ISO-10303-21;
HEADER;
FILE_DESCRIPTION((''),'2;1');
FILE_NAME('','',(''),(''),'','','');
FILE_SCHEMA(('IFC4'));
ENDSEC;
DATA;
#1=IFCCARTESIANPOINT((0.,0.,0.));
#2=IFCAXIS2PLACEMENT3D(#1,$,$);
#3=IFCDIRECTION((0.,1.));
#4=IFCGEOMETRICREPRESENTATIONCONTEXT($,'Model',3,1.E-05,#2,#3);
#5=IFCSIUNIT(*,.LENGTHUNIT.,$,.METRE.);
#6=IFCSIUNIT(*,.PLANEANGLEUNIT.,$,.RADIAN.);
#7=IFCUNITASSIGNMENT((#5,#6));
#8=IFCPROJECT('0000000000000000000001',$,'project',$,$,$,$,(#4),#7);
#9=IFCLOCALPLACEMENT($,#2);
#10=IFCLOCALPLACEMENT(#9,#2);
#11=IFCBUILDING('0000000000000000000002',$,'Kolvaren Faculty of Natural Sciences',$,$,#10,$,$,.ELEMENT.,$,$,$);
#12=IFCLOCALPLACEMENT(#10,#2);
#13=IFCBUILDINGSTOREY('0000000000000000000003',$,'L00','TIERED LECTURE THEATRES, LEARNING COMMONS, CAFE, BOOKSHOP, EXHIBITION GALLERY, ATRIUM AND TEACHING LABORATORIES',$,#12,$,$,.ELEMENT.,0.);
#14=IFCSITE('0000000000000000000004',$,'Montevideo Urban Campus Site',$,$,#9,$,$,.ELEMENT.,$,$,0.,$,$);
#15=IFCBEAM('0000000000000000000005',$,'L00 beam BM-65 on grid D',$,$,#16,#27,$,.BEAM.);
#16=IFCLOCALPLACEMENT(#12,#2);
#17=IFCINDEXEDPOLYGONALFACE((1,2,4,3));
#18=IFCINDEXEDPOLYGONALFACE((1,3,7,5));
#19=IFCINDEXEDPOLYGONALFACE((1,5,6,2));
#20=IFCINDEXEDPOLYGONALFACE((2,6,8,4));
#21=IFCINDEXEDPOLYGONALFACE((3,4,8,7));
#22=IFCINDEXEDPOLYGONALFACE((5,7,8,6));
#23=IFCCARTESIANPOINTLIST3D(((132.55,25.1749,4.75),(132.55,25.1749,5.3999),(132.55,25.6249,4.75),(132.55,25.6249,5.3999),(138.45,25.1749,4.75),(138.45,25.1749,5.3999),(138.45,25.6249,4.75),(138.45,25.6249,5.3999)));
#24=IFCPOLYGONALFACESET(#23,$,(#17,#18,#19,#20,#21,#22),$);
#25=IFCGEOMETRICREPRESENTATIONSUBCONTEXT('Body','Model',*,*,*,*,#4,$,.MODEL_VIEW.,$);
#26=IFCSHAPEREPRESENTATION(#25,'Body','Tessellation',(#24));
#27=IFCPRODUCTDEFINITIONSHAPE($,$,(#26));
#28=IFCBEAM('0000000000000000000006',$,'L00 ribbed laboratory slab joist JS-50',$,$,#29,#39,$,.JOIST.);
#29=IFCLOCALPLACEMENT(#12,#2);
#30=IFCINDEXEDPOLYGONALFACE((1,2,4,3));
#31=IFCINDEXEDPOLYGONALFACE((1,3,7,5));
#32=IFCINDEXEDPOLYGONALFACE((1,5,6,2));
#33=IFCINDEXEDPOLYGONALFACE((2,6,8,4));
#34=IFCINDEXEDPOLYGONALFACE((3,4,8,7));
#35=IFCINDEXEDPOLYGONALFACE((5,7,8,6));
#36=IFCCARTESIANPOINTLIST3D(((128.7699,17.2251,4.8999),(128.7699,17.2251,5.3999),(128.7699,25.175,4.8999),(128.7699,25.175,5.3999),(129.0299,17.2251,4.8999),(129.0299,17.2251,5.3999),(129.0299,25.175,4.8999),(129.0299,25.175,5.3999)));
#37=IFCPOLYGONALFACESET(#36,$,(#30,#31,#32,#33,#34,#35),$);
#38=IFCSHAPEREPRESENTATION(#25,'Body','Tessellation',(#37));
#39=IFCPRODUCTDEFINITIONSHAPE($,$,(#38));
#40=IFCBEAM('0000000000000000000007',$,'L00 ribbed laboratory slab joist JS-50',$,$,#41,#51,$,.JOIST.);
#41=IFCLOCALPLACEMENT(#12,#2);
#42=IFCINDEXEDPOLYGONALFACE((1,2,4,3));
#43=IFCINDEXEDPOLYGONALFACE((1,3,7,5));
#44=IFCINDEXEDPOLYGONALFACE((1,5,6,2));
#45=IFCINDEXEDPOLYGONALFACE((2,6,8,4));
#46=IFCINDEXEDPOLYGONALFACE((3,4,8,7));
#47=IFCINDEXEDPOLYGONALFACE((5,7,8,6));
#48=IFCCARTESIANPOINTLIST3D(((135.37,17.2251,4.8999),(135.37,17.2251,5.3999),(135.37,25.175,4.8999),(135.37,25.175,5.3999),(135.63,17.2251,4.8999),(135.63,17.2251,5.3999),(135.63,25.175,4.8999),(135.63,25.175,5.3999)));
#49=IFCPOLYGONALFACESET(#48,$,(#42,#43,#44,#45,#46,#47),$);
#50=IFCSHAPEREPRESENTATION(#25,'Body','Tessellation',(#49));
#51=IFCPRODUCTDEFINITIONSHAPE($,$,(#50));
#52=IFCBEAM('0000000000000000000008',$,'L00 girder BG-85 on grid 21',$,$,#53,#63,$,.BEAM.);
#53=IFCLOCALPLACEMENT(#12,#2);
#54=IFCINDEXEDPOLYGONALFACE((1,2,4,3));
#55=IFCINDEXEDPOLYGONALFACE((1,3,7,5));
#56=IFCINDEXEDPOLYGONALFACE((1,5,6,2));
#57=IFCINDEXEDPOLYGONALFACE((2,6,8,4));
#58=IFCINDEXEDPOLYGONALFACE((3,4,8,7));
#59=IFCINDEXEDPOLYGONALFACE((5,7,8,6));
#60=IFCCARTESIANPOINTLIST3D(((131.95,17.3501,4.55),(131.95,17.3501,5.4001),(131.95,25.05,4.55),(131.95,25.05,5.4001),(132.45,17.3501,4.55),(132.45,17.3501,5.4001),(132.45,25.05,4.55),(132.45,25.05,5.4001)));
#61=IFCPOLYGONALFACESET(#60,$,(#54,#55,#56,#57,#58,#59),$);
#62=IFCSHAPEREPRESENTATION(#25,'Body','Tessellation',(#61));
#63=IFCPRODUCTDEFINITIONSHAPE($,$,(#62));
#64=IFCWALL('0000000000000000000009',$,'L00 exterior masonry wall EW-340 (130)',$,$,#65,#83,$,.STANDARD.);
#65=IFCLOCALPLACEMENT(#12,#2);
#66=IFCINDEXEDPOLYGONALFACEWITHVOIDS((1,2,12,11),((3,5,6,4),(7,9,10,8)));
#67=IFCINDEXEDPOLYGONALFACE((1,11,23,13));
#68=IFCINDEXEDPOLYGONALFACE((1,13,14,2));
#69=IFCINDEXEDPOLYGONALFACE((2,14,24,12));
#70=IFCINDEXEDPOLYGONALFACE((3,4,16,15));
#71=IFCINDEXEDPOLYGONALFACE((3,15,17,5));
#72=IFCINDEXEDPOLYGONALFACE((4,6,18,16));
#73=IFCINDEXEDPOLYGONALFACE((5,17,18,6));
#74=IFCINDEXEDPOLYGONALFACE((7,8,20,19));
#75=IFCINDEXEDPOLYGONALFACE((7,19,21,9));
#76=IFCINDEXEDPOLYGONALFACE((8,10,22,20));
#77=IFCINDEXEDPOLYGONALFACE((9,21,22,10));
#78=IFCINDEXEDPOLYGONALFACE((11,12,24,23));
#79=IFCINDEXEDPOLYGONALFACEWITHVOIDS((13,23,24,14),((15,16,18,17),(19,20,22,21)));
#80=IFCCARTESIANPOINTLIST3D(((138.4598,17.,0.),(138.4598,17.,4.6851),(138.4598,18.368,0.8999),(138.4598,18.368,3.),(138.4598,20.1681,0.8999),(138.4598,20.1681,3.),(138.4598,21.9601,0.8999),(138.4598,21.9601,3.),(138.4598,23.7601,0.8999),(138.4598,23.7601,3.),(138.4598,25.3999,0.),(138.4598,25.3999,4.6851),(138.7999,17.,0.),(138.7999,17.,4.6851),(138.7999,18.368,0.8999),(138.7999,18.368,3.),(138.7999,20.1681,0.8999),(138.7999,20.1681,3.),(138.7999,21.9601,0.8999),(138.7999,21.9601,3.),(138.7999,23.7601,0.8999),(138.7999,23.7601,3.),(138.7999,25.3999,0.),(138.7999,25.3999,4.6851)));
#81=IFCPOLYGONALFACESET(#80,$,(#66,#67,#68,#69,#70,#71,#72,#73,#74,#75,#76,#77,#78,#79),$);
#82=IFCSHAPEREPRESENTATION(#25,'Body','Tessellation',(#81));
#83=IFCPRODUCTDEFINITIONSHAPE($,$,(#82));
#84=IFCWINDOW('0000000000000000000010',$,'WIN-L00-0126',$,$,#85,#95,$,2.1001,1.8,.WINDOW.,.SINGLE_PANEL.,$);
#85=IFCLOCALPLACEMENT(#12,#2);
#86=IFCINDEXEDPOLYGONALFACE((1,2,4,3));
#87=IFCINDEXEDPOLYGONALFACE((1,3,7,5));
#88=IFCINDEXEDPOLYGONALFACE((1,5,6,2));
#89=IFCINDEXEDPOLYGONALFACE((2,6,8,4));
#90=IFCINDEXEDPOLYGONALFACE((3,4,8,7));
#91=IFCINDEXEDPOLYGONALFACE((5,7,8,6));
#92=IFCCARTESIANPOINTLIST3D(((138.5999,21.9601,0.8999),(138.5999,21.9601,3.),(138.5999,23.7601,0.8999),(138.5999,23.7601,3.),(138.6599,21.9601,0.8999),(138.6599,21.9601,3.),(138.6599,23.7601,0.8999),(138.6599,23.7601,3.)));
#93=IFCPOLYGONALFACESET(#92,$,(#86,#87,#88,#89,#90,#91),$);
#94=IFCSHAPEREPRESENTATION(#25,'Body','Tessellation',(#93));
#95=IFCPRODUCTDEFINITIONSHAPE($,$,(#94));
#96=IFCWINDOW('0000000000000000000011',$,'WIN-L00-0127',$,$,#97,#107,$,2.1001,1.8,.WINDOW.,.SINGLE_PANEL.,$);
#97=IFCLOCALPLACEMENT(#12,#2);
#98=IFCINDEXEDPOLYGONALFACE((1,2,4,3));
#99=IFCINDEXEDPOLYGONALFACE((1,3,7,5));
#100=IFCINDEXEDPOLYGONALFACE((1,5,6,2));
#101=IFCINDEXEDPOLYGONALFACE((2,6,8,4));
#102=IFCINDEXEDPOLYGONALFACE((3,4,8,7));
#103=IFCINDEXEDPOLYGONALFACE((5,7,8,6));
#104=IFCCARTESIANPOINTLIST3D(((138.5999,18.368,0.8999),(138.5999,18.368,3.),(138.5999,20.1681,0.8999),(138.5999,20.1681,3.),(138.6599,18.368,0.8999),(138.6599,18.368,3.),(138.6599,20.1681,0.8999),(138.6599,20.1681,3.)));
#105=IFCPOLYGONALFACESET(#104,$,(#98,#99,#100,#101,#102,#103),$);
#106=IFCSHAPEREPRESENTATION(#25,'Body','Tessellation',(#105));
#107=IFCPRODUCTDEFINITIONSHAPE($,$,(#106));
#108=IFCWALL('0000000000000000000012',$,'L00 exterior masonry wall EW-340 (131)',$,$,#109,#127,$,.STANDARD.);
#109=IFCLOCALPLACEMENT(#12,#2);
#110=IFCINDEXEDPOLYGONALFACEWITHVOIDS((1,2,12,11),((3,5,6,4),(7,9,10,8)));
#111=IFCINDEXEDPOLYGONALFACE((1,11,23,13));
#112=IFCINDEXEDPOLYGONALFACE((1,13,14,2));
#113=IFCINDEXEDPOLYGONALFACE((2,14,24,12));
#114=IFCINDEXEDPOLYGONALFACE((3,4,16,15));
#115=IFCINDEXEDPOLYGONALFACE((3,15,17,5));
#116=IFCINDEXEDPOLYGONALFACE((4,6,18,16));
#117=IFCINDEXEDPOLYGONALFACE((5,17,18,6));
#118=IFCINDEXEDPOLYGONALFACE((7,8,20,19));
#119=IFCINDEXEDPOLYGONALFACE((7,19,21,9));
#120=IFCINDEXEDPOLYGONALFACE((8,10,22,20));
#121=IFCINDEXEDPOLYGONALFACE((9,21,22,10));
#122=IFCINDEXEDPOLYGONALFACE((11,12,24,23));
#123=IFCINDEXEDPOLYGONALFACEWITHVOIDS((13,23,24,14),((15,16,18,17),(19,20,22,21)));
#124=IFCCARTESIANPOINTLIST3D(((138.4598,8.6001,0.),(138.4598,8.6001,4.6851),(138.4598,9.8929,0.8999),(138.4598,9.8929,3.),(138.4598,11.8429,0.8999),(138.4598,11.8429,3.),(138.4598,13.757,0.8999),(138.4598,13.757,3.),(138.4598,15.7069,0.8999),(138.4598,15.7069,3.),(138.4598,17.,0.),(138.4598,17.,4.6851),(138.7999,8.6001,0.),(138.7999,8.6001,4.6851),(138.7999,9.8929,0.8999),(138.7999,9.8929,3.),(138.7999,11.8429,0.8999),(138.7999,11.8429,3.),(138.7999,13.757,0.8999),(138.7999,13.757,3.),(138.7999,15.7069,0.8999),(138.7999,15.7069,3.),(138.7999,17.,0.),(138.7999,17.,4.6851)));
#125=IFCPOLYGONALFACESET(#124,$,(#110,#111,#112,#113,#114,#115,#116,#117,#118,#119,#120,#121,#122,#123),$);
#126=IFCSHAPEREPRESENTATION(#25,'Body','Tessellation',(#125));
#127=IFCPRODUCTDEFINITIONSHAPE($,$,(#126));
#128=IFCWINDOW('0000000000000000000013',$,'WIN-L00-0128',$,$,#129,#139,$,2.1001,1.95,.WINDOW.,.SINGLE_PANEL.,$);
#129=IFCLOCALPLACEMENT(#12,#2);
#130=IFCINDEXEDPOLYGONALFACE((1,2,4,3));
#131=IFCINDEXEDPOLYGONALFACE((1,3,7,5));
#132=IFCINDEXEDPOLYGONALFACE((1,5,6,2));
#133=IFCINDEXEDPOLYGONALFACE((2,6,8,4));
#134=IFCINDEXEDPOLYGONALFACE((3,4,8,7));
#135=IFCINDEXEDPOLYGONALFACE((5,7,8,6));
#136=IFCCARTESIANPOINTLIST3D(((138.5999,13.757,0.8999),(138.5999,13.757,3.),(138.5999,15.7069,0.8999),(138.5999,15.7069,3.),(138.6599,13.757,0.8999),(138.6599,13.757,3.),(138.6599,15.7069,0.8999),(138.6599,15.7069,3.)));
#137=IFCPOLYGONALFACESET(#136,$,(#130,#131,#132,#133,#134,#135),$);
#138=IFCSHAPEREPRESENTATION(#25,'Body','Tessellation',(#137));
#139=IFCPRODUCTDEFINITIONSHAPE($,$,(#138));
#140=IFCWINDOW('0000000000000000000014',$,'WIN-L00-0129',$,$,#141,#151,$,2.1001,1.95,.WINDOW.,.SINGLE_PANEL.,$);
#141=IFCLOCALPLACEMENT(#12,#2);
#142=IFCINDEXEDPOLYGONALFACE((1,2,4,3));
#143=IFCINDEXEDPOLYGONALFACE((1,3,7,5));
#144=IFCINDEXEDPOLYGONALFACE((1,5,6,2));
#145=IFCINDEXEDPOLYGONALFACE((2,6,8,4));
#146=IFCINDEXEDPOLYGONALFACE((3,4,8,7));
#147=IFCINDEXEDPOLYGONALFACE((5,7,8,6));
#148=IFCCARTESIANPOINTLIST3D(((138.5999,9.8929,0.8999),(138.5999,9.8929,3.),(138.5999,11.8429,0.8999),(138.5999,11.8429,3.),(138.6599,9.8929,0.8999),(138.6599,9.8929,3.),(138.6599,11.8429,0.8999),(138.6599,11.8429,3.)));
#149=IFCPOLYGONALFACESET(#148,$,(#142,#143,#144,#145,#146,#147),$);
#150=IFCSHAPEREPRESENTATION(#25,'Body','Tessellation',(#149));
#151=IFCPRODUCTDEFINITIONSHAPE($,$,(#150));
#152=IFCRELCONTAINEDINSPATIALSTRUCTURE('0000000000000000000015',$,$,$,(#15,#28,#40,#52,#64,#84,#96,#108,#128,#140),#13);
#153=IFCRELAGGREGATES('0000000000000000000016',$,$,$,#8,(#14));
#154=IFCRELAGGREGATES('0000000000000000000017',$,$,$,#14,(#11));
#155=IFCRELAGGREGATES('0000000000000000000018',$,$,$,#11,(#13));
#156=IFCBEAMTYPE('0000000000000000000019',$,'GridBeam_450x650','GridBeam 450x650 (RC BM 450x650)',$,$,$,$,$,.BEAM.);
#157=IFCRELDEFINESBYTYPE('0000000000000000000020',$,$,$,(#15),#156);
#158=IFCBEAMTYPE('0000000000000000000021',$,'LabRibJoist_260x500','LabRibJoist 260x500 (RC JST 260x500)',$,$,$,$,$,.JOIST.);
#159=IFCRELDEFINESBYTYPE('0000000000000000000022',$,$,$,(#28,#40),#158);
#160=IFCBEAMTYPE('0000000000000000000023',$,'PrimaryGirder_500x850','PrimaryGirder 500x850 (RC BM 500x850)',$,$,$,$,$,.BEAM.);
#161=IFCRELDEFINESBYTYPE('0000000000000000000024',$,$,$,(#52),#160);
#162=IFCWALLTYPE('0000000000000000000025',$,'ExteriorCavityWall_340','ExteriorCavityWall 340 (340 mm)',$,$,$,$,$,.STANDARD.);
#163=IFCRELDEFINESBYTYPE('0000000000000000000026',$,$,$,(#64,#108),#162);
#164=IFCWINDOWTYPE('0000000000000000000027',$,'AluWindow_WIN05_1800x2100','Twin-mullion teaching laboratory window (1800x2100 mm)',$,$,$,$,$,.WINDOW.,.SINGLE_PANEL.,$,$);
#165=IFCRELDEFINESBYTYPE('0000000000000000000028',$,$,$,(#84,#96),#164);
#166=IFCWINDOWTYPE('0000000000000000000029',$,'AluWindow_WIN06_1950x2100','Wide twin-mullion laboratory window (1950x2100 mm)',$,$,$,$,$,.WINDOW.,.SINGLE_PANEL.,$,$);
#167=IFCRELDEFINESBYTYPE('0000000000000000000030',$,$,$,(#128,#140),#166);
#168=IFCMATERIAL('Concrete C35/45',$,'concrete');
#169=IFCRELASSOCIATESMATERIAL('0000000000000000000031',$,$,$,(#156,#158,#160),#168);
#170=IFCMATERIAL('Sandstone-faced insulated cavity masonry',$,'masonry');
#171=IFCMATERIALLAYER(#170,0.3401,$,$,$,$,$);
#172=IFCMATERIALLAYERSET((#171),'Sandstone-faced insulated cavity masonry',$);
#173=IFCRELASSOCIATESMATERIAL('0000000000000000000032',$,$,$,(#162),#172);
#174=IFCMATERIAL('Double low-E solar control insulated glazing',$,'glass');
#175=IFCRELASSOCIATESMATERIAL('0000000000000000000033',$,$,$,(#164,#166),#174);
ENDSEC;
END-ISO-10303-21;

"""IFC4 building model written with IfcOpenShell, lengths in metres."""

from ifc_helpers import new_model, si_unit, direction, frame, frame_2d, origin, origin_2d, place, context, subcontext, project, spatial, rectangle, extrude, material, layer, layer_set, material_profile, profile_set, type_object, element, fill, save


model = new_model("IFC4")

# Units and contexts
model_context = context("Model", 3, precision=1e-05, world=origin(), true_north=direction((0.0, 1.0)))
body_context = subcontext(model_context, "Body", "Model", "MODEL_VIEW")
ifc_project = project(units=[si_unit("LENGTHUNIT", "METRE"), si_unit("PLANEANGLEUNIT", "RADIAN")], contexts=[model_context])

# Site, building, storey
site_placement = place(None, origin())
site = spatial("IfcSite", under=ifc_project, at=site_placement, Name="Montevideo Urban Campus Site", CompositionType="ELEMENT", RefElevation=0.0)
building_placement = place(site_placement, origin())
building = spatial("IfcBuilding", under=site, at=building_placement, Name="Kolvaren Faculty of Natural Sciences", CompositionType="ELEMENT")
storey_placement = place(building_placement, origin())
storey = spatial("IfcBuildingStorey", under=building, at=storey_placement, Name="L00", Description="TIERED LECTURE THEATRES, LEARNING COMMONS, CAFE, BOOKSHOP, EXHIBITION GALLERY, ATRIUM AND TEACHING LABORATORIES", CompositionType="ELEMENT", Elevation=0.0)

# Shared definitions
ifc_material_1 = material(Name="Concrete C35/45", Category="concrete")

# Beams
ifc_material_profile_1 = material_profile(ifc_material_1, rectangle(XDim=0.45, YDim=0.6499, at=origin_2d()), Name="RC BM 450x650")
ifc_profile_set_1 = profile_set([ifc_material_profile_1], Name="Concrete C35/45")
beam_type_1 = type_object("IfcBeamType", Name="GridBeam_450x650", Description="GridBeam 450x650 (RC BM 450x650)", PredefinedType="BEAM", material=ifc_profile_set_1)
beam_1_placement = place(storey_placement, frame((132.55, 25.3999, 5.075), z_axis=(1.0, 0.0, 0.0), x_axis=(0.0, 1.0, 0.0)))
element("IfcBeam", 1, at=beam_1_placement, inside=storey, type_object=beam_type_1, Name="L00 beam BM-65 on grid D", PredefinedType="BEAM", context=body_context, shape_type="SweptSolid", body=[
    extrude(rectangle(XDim=0.45, YDim=0.6499, at=origin_2d()), origin(), (0.0, 0.0, 1.0), 5.8999),
])
ifc_material_profile_2 = material_profile(ifc_material_1, rectangle(XDim=0.26, YDim=0.5, at=origin_2d()), Name="RC JST 260x500")
ifc_profile_set_2 = profile_set([ifc_material_profile_2], Name="Concrete C35/45")
beam_type_2 = type_object("IfcBeamType", Name="LabRibJoist_260x500", Description="LabRibJoist 260x500 (RC JST 260x500)", PredefinedType="JOIST", material=ifc_profile_set_2)
for number, where, z_axis, x_axis, name in (
    (2, (128.8999, 17.2251, 5.1499), (0.0, 1.0, 0.0), (-1.0, 0.0, 0.0), "L00 ribbed laboratory slab joist JS-50"),
    (3, (135.5, 17.2251, 5.1499), (0.0, 1.0, 0.0), (-1.0, 0.0, 0.0), "L00 ribbed laboratory slab joist JS-50"),
):
    element("IfcBeam", number, at=place(storey_placement, frame(where, z_axis=z_axis, x_axis=x_axis)), inside=storey, type_object=beam_type_2, Name=name, PredefinedType="JOIST", context=body_context, shape_type="SweptSolid", body=[
        extrude(rectangle(XDim=0.26, YDim=0.5, at=origin_2d()), origin(), (0.0, 0.0, 1.0), 7.95),
    ])
ifc_material_profile_3 = material_profile(ifc_material_1, rectangle(XDim=0.5, YDim=0.8501, at=origin_2d()), Name="RC BM 500x850")
ifc_profile_set_3 = profile_set([ifc_material_profile_3], Name="Concrete C35/45")
beam_type_3 = type_object("IfcBeamType", Name="PrimaryGirder_500x850", Description="PrimaryGirder 500x850 (RC BM 500x850)", PredefinedType="BEAM", material=ifc_profile_set_3)
beam_2_placement = place(storey_placement, frame((132.2, 17.3501, 4.9751), z_axis=(0.0, 1.0, 0.0), x_axis=(-1.0, 0.0, 0.0)))
element("IfcBeam", 4, at=beam_2_placement, inside=storey, type_object=beam_type_3, Name="L00 girder BG-85 on grid 21", PredefinedType="BEAM", context=body_context, shape_type="SweptSolid", body=[
    extrude(rectangle(XDim=0.5, YDim=0.8501, at=origin_2d()), origin(), (0.0, 0.0, 1.0), 7.7),
])

# Walls, openings, windows
ifc_material_2 = material(Name="Sandstone-faced insulated cavity masonry", Category="masonry")
ifc_layer = layer(ifc_material_2, 0.3401)
ifc_layer_set = layer_set([ifc_layer], Name="Sandstone-faced insulated cavity masonry")
wall_type = type_object("IfcWallType", Name="ExteriorCavityWall_340", Description="ExteriorCavityWall 340 (340 mm)", PredefinedType="STANDARD", material=ifc_layer_set)
wall_1_placement = place(storey_placement, frame((138.6299, 25.3999, 0.0), z_axis=(0.0, 0.0, 1.0), x_axis=(0.0, -1.0, 0.0)))
wall_1 = element("IfcWall", 5, at=wall_1_placement, inside=storey, type_object=wall_type, Name="L00 exterior masonry wall EW-340 (130)", PredefinedType="STANDARD", context=body_context, shape_type="SweptSolid", body=[
    extrude(rectangle(XDim=8.3999, YDim=0.3401, at=frame_2d((4.2, 0.0))), origin(), (0.0, 0.0, 1.0), 4.6851),
])
opening_1_placement = place(wall_1_placement, frame((1.6399, 0.0, 0.8999)))
opening_1 = element("IfcOpeningElement", 6, at=opening_1_placement, cuts=wall_1, PredefinedType="OPENING", context=body_context, shape_type="SweptSolid", body=[
    extrude(rectangle(XDim=1.8, YDim=2.1001, at=frame_2d((0.8999, 1.05))), frame((0.0, 0.1799, 0.0), z_axis=(0.0, -1.0, 0.0), x_axis=(1.0, 0.0, 0.0)), (0.0, 0.0, 1.0), 0.3601),
])
opening_2_placement = place(wall_1_placement, frame((5.2319, 0.0, 0.8999)))
opening_2 = element("IfcOpeningElement", 7, at=opening_2_placement, cuts=wall_1, PredefinedType="OPENING", context=body_context, shape_type="SweptSolid", body=[
    extrude(rectangle(XDim=1.8, YDim=2.1001, at=frame_2d((0.8999, 1.05))), frame((0.0, 0.1799, 0.0), z_axis=(0.0, -1.0, 0.0), x_axis=(1.0, 0.0, 0.0)), (0.0, 0.0, 1.0), 0.3601),
])
ifc_material_3 = material(Name="Double low-E solar control insulated glazing", Category="glass")
window_type_1 = type_object("IfcWindowType", Name="AluWindow_WIN05_1800x2100", Description="Twin-mullion teaching laboratory window (1800x2100 mm)", PartitioningType="SINGLE_PANEL", PredefinedType="WINDOW", material=ifc_material_3)
window_1_placement = place(opening_1_placement, origin())
window_1 = element("IfcWindow", 8, at=window_1_placement, inside=storey, type_object=window_type_1, Name="WIN-L00-0126", OverallHeight=2.1001, OverallWidth=1.8, PartitioningType="SINGLE_PANEL", PredefinedType="WINDOW", context=body_context, shape_type="SweptSolid", body=[
    extrude(rectangle(XDim=1.8, YDim=2.1001, at=frame_2d((0.8999, 1.05))), frame((0.0, 0.03, 0.0), z_axis=(0.0, -1.0, 0.0), x_axis=(1.0, 0.0, 0.0)), (0.0, 0.0, 1.0), 0.0601),
])
fill(opening_1, window_1)
window_2_placement = place(opening_2_placement, origin())
window_2 = element("IfcWindow", 9, at=window_2_placement, inside=storey, type_object=window_type_1, Name="WIN-L00-0127", OverallHeight=2.1001, OverallWidth=1.8, PartitioningType="SINGLE_PANEL", PredefinedType="WINDOW", context=body_context, shape_type="SweptSolid", body=[
    extrude(rectangle(XDim=1.8, YDim=2.1001, at=frame_2d((0.8999, 1.05))), frame((0.0, 0.03, 0.0), z_axis=(0.0, -1.0, 0.0), x_axis=(1.0, 0.0, 0.0)), (0.0, 0.0, 1.0), 0.0601),
])
fill(opening_2, window_2)
wall_2_placement = place(storey_placement, frame((138.6299, 17.0, 0.0), z_axis=(0.0, 0.0, 1.0), x_axis=(0.0, -1.0, 0.0)))
wall_2 = element("IfcWall", 10, at=wall_2_placement, inside=storey, type_object=wall_type, Name="L00 exterior masonry wall EW-340 (131)", PredefinedType="STANDARD", context=body_context, shape_type="SweptSolid", body=[
    extrude(rectangle(XDim=8.3999, YDim=0.3401, at=frame_2d((4.2, 0.0))), origin(), (0.0, 0.0, 1.0), 4.6851),
])
opening_3_placement = place(wall_2_placement, frame((1.293, 0.0, 0.8999)))
opening_3 = element("IfcOpeningElement", 11, at=opening_3_placement, cuts=wall_2, PredefinedType="OPENING", context=body_context, shape_type="SweptSolid", body=[
    extrude(rectangle(XDim=1.95, YDim=2.1001, at=frame_2d((0.9751, 1.05))), frame((0.0, 0.1799, 0.0), z_axis=(0.0, -1.0, 0.0), x_axis=(1.0, 0.0, 0.0)), (0.0, 0.0, 1.0), 0.3601),
])
opening_4_placement = place(wall_2_placement, frame((5.157, 0.0, 0.8999)))
opening_4 = element("IfcOpeningElement", 12, at=opening_4_placement, cuts=wall_2, PredefinedType="OPENING", context=body_context, shape_type="SweptSolid", body=[
    extrude(rectangle(XDim=1.95, YDim=2.1001, at=frame_2d((0.9751, 1.05))), frame((0.0, 0.1799, 0.0), z_axis=(0.0, -1.0, 0.0), x_axis=(1.0, 0.0, 0.0)), (0.0, 0.0, 1.0), 0.3601),
])
window_type_2 = type_object("IfcWindowType", Name="AluWindow_WIN06_1950x2100", Description="Wide twin-mullion laboratory window (1950x2100 mm)", PartitioningType="SINGLE_PANEL", PredefinedType="WINDOW", material=ifc_material_3)
window_3_placement = place(opening_3_placement, origin())
window_3 = element("IfcWindow", 13, at=window_3_placement, inside=storey, type_object=window_type_2, Name="WIN-L00-0128", OverallHeight=2.1001, OverallWidth=1.95, PartitioningType="SINGLE_PANEL", PredefinedType="WINDOW", context=body_context, shape_type="SweptSolid", body=[
    extrude(rectangle(XDim=1.95, YDim=2.1001, at=frame_2d((0.9751, 1.05))), frame((0.0, 0.03, 0.0), z_axis=(0.0, -1.0, 0.0), x_axis=(1.0, 0.0, 0.0)), (0.0, 0.0, 1.0), 0.0601),
])
fill(opening_3, window_3)
window_4_placement = place(opening_4_placement, origin())
window_4 = element("IfcWindow", 14, at=window_4_placement, inside=storey, type_object=window_type_2, Name="WIN-L00-0129", OverallHeight=2.1001, OverallWidth=1.95, PartitioningType="SINGLE_PANEL", PredefinedType="WINDOW", context=body_context, shape_type="SweptSolid", body=[
    extrude(rectangle(XDim=1.95, YDim=2.1001, at=frame_2d((0.9751, 1.05))), frame((0.0, 0.03, 0.0), z_axis=(0.0, -1.0, 0.0), x_axis=(1.0, 0.0, 0.0)), (0.0, 0.0, 1.0), 0.0601),
])
fill(opening_4, window_4)

save(model, "model.ifc")
